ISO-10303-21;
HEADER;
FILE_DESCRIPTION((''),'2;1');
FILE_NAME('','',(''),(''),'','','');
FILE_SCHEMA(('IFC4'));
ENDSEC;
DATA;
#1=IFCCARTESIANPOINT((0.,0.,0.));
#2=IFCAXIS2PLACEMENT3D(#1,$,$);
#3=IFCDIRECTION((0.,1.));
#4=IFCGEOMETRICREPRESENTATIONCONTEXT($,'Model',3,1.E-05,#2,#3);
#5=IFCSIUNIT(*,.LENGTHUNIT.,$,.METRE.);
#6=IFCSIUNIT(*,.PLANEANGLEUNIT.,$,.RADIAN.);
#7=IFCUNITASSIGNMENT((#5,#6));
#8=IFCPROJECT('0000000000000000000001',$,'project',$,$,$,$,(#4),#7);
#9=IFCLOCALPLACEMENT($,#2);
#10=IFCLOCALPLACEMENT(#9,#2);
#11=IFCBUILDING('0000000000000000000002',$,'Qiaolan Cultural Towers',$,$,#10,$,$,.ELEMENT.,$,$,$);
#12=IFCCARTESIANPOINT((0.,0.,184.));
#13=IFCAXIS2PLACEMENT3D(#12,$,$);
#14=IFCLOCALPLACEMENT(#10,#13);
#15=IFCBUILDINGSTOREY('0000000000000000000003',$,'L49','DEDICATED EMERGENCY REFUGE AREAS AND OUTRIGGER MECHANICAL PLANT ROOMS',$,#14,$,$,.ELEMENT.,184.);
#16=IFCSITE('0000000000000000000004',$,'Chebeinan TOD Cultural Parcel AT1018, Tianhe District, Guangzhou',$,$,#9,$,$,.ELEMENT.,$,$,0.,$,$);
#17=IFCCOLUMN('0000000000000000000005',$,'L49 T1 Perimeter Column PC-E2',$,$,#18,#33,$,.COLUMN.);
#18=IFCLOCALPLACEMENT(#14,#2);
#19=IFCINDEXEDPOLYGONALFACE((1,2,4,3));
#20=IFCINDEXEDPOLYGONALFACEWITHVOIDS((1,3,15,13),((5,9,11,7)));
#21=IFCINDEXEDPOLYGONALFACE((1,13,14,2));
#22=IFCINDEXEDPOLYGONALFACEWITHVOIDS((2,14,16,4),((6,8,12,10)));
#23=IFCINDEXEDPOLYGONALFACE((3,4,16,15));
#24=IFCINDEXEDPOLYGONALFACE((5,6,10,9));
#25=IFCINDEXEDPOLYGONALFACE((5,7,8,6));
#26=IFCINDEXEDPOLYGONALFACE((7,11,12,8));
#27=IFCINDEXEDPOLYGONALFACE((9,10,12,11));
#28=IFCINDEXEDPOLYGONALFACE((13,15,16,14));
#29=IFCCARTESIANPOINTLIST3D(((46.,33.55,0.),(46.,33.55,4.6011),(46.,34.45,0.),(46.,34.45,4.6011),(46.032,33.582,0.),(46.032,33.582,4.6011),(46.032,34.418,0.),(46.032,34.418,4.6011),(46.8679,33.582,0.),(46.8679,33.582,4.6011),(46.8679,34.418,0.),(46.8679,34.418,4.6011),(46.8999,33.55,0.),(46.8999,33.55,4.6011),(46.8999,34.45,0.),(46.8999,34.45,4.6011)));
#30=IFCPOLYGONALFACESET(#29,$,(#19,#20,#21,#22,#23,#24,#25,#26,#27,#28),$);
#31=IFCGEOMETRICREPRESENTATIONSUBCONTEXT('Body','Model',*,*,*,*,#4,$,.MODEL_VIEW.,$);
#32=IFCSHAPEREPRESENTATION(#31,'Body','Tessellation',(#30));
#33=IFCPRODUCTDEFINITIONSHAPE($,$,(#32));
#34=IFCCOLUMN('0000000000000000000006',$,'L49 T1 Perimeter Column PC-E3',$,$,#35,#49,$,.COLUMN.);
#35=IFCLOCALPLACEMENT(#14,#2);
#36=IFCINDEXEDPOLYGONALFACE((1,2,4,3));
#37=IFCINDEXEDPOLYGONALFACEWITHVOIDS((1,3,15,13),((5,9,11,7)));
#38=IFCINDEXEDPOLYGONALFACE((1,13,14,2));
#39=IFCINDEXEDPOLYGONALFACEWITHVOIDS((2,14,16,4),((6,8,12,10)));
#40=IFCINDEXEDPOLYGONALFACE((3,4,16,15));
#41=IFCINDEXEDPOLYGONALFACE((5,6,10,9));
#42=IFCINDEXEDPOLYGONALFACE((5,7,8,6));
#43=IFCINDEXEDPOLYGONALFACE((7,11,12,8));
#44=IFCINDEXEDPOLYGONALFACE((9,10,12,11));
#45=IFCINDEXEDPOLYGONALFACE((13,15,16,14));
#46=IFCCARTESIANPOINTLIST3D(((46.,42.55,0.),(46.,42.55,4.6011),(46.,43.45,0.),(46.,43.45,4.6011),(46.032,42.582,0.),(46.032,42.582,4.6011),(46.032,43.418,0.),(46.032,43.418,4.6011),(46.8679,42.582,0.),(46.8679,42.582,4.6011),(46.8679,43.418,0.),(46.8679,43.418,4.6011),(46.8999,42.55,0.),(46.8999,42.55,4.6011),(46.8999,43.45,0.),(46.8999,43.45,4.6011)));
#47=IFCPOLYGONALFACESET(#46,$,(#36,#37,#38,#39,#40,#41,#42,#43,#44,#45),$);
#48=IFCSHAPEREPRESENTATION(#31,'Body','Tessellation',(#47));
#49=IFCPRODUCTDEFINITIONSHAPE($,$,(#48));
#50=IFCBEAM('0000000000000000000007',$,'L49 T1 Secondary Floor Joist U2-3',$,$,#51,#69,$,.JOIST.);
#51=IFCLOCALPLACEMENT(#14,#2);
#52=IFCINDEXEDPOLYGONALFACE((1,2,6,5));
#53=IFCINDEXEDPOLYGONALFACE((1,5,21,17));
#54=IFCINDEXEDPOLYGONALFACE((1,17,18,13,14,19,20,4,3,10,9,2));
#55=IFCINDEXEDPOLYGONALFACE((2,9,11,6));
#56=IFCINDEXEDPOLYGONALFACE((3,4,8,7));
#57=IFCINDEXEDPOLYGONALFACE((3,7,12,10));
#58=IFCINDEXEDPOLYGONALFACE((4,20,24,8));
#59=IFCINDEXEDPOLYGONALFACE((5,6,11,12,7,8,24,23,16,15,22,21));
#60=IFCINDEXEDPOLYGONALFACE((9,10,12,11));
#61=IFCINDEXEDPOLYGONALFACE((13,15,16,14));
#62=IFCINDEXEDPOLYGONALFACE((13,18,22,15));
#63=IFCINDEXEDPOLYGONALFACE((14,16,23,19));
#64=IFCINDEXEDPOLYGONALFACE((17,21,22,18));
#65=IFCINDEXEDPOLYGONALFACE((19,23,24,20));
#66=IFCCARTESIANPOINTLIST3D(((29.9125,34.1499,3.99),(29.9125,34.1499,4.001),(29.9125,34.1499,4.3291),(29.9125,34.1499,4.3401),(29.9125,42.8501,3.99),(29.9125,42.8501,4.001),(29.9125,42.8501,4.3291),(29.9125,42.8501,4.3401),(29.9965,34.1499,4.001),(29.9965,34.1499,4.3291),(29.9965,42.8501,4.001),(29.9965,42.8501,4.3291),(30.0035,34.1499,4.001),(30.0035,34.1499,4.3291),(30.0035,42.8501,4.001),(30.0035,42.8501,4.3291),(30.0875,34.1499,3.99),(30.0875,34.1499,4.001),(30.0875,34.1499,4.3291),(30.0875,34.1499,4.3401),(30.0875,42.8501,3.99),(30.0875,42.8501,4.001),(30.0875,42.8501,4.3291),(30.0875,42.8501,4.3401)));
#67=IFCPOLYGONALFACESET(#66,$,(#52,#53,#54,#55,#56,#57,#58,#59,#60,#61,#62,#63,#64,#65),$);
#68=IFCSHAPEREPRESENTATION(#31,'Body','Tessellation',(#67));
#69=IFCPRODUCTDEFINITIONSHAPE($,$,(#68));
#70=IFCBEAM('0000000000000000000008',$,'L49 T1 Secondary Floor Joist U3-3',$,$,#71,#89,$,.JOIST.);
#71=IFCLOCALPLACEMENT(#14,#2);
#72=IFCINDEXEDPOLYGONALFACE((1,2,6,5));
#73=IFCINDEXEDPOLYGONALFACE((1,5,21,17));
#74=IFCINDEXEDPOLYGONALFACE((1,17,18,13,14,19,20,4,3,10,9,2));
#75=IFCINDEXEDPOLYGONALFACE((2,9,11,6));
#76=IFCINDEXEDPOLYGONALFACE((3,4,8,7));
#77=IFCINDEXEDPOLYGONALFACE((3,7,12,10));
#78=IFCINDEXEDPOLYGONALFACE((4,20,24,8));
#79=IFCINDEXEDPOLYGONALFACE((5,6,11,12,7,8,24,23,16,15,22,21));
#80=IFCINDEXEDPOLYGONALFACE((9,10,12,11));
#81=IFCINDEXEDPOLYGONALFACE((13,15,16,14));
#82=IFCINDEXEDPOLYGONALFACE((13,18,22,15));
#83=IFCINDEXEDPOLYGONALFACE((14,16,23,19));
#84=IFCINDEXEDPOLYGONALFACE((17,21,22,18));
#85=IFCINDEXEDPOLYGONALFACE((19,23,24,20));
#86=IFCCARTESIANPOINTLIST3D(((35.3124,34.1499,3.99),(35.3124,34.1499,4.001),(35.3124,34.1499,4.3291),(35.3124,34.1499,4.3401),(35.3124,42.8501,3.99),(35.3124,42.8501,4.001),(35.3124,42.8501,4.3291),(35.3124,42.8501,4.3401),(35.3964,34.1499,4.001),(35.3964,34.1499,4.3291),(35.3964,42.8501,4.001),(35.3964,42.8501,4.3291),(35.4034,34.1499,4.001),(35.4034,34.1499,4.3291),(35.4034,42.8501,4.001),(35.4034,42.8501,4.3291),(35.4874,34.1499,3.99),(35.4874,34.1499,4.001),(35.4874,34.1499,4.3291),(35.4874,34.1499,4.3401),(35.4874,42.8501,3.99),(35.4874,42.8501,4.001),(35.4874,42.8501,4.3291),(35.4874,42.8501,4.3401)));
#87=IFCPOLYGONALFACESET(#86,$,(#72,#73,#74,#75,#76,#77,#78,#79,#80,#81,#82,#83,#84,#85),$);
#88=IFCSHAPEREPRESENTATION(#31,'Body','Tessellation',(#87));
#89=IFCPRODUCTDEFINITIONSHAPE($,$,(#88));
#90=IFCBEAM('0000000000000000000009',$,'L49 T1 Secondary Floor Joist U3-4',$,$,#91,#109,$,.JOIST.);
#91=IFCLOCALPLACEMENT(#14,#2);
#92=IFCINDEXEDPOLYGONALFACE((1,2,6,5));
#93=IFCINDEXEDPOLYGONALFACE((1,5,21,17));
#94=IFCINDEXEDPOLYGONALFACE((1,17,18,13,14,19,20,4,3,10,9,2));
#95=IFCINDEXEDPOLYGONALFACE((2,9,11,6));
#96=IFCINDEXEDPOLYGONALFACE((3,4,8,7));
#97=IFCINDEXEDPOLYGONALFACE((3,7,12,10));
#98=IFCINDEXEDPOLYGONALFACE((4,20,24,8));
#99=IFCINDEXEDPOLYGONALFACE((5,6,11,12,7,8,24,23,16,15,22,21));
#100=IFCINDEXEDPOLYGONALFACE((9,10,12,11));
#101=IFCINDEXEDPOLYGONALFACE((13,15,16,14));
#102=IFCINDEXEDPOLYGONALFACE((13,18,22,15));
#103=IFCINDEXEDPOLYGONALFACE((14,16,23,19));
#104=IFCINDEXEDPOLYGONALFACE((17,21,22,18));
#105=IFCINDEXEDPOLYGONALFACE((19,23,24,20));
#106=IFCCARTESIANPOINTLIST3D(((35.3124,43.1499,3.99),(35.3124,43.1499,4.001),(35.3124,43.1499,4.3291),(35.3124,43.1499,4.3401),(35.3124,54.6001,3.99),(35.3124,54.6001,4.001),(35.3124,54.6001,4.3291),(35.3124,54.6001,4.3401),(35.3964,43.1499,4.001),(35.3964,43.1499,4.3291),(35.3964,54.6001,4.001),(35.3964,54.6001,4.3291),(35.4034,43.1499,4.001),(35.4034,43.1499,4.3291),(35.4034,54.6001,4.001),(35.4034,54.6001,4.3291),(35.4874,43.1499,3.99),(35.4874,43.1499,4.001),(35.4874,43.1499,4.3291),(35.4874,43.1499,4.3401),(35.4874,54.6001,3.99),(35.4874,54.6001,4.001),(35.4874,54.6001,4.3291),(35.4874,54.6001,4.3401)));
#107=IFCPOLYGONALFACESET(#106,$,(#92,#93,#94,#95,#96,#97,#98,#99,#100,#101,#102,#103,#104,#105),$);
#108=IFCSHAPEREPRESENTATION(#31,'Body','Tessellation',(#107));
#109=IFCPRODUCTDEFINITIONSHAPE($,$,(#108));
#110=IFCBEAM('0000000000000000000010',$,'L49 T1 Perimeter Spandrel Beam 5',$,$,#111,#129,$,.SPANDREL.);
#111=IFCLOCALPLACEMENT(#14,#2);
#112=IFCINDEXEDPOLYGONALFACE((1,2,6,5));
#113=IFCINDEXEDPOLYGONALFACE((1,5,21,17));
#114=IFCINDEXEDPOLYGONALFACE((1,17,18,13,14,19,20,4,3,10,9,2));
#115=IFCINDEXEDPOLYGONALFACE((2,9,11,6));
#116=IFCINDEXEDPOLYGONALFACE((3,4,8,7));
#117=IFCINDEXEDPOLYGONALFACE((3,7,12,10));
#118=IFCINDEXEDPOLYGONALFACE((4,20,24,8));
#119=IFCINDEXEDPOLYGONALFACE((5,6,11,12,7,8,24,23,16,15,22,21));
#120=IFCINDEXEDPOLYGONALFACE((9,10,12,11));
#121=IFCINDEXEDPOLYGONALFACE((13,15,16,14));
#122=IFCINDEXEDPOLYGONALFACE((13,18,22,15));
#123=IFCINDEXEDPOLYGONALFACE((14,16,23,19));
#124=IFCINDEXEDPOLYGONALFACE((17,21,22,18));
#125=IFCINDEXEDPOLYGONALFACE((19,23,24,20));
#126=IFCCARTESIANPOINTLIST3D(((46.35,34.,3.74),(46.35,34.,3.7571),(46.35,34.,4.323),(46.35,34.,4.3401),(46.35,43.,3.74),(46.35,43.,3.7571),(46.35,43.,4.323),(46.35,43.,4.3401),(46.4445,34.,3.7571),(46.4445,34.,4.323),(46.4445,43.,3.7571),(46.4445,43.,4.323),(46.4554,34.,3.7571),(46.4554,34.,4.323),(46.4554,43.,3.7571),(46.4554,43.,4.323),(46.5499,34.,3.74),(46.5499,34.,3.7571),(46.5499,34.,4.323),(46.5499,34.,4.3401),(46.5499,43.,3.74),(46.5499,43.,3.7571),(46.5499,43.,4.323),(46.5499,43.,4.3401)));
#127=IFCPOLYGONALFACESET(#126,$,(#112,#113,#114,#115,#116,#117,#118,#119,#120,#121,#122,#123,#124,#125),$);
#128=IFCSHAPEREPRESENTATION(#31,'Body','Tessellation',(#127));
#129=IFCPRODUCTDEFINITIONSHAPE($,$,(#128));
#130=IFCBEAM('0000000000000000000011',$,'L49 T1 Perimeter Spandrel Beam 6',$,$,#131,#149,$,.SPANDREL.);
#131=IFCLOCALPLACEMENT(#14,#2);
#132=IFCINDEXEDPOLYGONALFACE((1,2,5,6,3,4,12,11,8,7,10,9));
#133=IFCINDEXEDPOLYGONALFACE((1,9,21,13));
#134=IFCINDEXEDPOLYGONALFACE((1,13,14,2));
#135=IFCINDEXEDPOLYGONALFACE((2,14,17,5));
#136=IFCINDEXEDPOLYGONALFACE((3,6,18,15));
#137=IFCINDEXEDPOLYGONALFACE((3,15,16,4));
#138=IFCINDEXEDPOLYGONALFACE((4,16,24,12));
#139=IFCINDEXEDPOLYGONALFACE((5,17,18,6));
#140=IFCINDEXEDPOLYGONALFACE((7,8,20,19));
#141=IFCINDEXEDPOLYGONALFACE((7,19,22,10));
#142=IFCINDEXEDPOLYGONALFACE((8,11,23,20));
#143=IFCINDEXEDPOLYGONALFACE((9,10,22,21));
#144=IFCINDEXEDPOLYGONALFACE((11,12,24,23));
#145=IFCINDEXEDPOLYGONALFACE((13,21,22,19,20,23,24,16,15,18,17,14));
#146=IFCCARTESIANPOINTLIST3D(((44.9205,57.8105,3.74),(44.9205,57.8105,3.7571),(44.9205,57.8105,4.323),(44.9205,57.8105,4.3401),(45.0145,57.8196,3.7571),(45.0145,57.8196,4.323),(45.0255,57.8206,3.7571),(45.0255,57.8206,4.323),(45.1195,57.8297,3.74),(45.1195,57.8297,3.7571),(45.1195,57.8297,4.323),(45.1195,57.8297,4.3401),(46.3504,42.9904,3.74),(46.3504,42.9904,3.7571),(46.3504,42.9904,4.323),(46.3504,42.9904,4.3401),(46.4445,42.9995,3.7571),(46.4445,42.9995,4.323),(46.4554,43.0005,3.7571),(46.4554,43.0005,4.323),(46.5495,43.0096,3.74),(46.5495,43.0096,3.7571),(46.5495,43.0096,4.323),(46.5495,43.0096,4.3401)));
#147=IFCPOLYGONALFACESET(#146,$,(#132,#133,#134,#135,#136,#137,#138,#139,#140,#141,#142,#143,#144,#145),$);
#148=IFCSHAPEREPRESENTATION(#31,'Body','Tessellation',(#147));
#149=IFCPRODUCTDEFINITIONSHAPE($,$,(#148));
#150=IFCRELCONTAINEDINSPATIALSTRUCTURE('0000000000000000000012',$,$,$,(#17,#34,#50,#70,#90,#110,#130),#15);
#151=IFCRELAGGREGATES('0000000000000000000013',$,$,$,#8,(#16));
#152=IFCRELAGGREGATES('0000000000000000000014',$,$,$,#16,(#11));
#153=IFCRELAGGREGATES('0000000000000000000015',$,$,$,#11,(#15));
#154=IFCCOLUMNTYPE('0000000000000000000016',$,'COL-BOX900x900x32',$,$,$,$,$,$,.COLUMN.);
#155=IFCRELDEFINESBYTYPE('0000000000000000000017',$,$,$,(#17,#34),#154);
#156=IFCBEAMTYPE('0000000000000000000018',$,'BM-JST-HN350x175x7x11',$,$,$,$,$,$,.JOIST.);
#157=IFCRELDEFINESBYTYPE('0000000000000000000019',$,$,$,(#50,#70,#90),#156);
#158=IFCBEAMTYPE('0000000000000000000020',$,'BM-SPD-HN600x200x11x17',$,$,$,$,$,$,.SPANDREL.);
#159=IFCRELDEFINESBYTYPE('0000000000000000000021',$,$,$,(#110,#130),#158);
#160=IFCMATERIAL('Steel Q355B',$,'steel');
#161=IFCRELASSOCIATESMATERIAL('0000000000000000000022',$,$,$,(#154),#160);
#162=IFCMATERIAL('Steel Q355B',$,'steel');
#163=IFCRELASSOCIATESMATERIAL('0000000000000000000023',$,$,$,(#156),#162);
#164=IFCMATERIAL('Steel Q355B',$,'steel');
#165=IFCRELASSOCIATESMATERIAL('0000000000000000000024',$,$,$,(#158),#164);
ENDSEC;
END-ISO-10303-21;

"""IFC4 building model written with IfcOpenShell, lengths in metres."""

from ifc_helpers import new_model, si_unit, direction, frame, origin, origin_2d, place, context, subcontext, project, spatial, hollow_rectangle, i_section, extrude, material, material_profile, profile_set, type_object, element, save


model = new_model("IFC4")

# Units and contexts
model_context = context("Model", 3, precision=1e-05, world=origin(), true_north=direction((0.0, 1.0)))
body_context = subcontext(model_context, "Body", "Model", "MODEL_VIEW")
ifc_project = project(units=[si_unit("LENGTHUNIT", "METRE"), si_unit("PLANEANGLEUNIT", "RADIAN")], contexts=[model_context])

# Site, building, storey
site_placement = place(None, origin())
site = spatial("IfcSite", under=ifc_project, at=site_placement, Name="Chebeinan TOD Cultural Parcel AT1018, Tianhe District, Guangzhou", CompositionType="ELEMENT", RefElevation=0.0)
building_placement = place(site_placement, origin())
building = spatial("IfcBuilding", under=site, at=building_placement, Name="Qiaolan Cultural Towers", CompositionType="ELEMENT")
storey_placement = place(building_placement, frame((0.0, 0.0, 184.0)))
storey = spatial("IfcBuildingStorey", under=building, at=storey_placement, Name="L49", Description="DEDICATED EMERGENCY REFUGE AREAS AND OUTRIGGER MECHANICAL PLANT ROOMS", CompositionType="ELEMENT", Elevation=184.0)

# Columns
ifc_material_1 = material(Name="Steel Q355B", Category="steel")
ifc_material_profile_1 = material_profile(ifc_material_1, hollow_rectangle(XDim=0.8999, YDim=0.8999, WallThickness=0.032, at=origin_2d()), Name="BOX900x900x32")
ifc_profile_set_1 = profile_set([ifc_material_profile_1], Name="Steel Q355B")
column_type = type_object("IfcColumnType", Name="COL-BOX900x900x32", PredefinedType="COLUMN", material=ifc_profile_set_1)
for number, where, z_axis, x_axis, name in (
    (1, (46.45, 34.0, 0.0), (0.0, 0.0, 1.0), (1.0, 0.0, 0.0), "L49 T1 Perimeter Column PC-E2"),
    (2, (46.45, 43.0, 0.0), (0.0, 0.0, 1.0), (1.0, 0.0, 0.0), "L49 T1 Perimeter Column PC-E3"),
):
    element("IfcColumn", number, at=place(storey_placement, frame(where, z_axis=z_axis, x_axis=x_axis)), inside=storey, type_object=column_type, Name=name, PredefinedType="COLUMN", context=body_context, shape_type="SweptSolid", body=[
        extrude(hollow_rectangle(XDim=0.8999, YDim=0.8999, WallThickness=0.032, at=origin_2d()), origin(), (0.0, 0.0, 1.0), 4.6011),
    ])

# Beams
ifc_material_2 = material(Name="Steel Q355B", Category="steel")
ifc_material_profile_2 = material_profile(ifc_material_2, i_section(OverallWidth=0.175, OverallDepth=0.3501, WebThickness=0.0071, FlangeThickness=0.011, at=origin_2d()), Name="HN350x175x7x11")
ifc_profile_set_2 = profile_set([ifc_material_profile_2], Name="Steel Q355B")
beam_type_1 = type_object("IfcBeamType", Name="BM-JST-HN350x175x7x11", PredefinedType="JOIST", material=ifc_profile_set_2)
for number, where, z_axis, x_axis, name in (
    (3, (30.0, 34.1499, 4.165), (0.0, 1.0, 0.0), (-1.0, 0.0, 0.0), "L49 T1 Secondary Floor Joist U2-3"),
    (4, (35.3999, 34.1499, 4.165), (0.0, 1.0, 0.0), (-1.0, 0.0, 0.0), "L49 T1 Secondary Floor Joist U3-3"),
):
    element("IfcBeam", number, at=place(storey_placement, frame(where, z_axis=z_axis, x_axis=x_axis)), inside=storey, type_object=beam_type_1, Name=name, PredefinedType="JOIST", context=body_context, shape_type="SweptSolid", body=[
        extrude(i_section(OverallWidth=0.175, OverallDepth=0.3501, WebThickness=0.0071, FlangeThickness=0.011, at=origin_2d()), origin(), (0.0, 0.0, 1.0), 8.7002),
    ])
beam_1_placement = place(storey_placement, frame((35.3999, 43.1499, 4.165), z_axis=(0.0, 1.0, 0.0), x_axis=(-1.0, 0.0, 0.0)))
element("IfcBeam", 5, at=beam_1_placement, inside=storey, type_object=beam_type_1, Name="L49 T1 Secondary Floor Joist U3-4", PredefinedType="JOIST", context=body_context, shape_type="SweptSolid", body=[
    extrude(i_section(OverallWidth=0.175, OverallDepth=0.3501, WebThickness=0.0071, FlangeThickness=0.011, at=origin_2d()), origin(), (0.0, 0.0, 1.0), 11.4502),
])
ifc_material_3 = material(Name="Steel Q355B", Category="steel")
ifc_material_profile_3 = material_profile(ifc_material_3, i_section(OverallWidth=0.2, OverallDepth=0.6001, WebThickness=0.011, FlangeThickness=0.0171, at=origin_2d()), Name="HN600x200x11x17")
ifc_profile_set_3 = profile_set([ifc_material_profile_3], Name="Steel Q355B")
beam_type_2 = type_object("IfcBeamType", Name="BM-SPD-HN600x200x11x17", PredefinedType="SPANDREL", material=ifc_profile_set_3)
beam_2_placement = place(storey_placement, frame((46.45, 34.0, 4.04), z_axis=(0.0, 1.0, 0.0), x_axis=(-1.0, 0.0, 0.0)))
element("IfcBeam", 6, at=beam_2_placement, inside=storey, type_object=beam_type_2, Name="L49 T1 Perimeter Spandrel Beam 5", PredefinedType="SPANDREL", context=body_context, shape_type="SweptSolid", body=[
    extrude(i_section(OverallWidth=0.2, OverallDepth=0.6001, WebThickness=0.011, FlangeThickness=0.0171, at=origin_2d()), origin(), (0.0, 0.0, 1.0), 9.0),
])
beam_3_placement = place(storey_placement, frame((46.45, 43.0, 4.04), z_axis=(-0.09604, 0.995377, 0.0), x_axis=(-0.995377, -0.09604, 0.0)))
element("IfcBeam", 7, at=beam_3_placement, inside=storey, type_object=beam_type_2, Name="L49 T1 Perimeter Spandrel Beam 6", PredefinedType="SPANDREL", context=body_context, shape_type="SweptSolid", body=[
    extrude(i_section(OverallWidth=0.2, OverallDepth=0.6001, WebThickness=0.011, FlangeThickness=0.0171, at=origin_2d()), origin(), (0.0, 0.0, 1.0), 14.8889),
])

save(model, "model.ifc")
